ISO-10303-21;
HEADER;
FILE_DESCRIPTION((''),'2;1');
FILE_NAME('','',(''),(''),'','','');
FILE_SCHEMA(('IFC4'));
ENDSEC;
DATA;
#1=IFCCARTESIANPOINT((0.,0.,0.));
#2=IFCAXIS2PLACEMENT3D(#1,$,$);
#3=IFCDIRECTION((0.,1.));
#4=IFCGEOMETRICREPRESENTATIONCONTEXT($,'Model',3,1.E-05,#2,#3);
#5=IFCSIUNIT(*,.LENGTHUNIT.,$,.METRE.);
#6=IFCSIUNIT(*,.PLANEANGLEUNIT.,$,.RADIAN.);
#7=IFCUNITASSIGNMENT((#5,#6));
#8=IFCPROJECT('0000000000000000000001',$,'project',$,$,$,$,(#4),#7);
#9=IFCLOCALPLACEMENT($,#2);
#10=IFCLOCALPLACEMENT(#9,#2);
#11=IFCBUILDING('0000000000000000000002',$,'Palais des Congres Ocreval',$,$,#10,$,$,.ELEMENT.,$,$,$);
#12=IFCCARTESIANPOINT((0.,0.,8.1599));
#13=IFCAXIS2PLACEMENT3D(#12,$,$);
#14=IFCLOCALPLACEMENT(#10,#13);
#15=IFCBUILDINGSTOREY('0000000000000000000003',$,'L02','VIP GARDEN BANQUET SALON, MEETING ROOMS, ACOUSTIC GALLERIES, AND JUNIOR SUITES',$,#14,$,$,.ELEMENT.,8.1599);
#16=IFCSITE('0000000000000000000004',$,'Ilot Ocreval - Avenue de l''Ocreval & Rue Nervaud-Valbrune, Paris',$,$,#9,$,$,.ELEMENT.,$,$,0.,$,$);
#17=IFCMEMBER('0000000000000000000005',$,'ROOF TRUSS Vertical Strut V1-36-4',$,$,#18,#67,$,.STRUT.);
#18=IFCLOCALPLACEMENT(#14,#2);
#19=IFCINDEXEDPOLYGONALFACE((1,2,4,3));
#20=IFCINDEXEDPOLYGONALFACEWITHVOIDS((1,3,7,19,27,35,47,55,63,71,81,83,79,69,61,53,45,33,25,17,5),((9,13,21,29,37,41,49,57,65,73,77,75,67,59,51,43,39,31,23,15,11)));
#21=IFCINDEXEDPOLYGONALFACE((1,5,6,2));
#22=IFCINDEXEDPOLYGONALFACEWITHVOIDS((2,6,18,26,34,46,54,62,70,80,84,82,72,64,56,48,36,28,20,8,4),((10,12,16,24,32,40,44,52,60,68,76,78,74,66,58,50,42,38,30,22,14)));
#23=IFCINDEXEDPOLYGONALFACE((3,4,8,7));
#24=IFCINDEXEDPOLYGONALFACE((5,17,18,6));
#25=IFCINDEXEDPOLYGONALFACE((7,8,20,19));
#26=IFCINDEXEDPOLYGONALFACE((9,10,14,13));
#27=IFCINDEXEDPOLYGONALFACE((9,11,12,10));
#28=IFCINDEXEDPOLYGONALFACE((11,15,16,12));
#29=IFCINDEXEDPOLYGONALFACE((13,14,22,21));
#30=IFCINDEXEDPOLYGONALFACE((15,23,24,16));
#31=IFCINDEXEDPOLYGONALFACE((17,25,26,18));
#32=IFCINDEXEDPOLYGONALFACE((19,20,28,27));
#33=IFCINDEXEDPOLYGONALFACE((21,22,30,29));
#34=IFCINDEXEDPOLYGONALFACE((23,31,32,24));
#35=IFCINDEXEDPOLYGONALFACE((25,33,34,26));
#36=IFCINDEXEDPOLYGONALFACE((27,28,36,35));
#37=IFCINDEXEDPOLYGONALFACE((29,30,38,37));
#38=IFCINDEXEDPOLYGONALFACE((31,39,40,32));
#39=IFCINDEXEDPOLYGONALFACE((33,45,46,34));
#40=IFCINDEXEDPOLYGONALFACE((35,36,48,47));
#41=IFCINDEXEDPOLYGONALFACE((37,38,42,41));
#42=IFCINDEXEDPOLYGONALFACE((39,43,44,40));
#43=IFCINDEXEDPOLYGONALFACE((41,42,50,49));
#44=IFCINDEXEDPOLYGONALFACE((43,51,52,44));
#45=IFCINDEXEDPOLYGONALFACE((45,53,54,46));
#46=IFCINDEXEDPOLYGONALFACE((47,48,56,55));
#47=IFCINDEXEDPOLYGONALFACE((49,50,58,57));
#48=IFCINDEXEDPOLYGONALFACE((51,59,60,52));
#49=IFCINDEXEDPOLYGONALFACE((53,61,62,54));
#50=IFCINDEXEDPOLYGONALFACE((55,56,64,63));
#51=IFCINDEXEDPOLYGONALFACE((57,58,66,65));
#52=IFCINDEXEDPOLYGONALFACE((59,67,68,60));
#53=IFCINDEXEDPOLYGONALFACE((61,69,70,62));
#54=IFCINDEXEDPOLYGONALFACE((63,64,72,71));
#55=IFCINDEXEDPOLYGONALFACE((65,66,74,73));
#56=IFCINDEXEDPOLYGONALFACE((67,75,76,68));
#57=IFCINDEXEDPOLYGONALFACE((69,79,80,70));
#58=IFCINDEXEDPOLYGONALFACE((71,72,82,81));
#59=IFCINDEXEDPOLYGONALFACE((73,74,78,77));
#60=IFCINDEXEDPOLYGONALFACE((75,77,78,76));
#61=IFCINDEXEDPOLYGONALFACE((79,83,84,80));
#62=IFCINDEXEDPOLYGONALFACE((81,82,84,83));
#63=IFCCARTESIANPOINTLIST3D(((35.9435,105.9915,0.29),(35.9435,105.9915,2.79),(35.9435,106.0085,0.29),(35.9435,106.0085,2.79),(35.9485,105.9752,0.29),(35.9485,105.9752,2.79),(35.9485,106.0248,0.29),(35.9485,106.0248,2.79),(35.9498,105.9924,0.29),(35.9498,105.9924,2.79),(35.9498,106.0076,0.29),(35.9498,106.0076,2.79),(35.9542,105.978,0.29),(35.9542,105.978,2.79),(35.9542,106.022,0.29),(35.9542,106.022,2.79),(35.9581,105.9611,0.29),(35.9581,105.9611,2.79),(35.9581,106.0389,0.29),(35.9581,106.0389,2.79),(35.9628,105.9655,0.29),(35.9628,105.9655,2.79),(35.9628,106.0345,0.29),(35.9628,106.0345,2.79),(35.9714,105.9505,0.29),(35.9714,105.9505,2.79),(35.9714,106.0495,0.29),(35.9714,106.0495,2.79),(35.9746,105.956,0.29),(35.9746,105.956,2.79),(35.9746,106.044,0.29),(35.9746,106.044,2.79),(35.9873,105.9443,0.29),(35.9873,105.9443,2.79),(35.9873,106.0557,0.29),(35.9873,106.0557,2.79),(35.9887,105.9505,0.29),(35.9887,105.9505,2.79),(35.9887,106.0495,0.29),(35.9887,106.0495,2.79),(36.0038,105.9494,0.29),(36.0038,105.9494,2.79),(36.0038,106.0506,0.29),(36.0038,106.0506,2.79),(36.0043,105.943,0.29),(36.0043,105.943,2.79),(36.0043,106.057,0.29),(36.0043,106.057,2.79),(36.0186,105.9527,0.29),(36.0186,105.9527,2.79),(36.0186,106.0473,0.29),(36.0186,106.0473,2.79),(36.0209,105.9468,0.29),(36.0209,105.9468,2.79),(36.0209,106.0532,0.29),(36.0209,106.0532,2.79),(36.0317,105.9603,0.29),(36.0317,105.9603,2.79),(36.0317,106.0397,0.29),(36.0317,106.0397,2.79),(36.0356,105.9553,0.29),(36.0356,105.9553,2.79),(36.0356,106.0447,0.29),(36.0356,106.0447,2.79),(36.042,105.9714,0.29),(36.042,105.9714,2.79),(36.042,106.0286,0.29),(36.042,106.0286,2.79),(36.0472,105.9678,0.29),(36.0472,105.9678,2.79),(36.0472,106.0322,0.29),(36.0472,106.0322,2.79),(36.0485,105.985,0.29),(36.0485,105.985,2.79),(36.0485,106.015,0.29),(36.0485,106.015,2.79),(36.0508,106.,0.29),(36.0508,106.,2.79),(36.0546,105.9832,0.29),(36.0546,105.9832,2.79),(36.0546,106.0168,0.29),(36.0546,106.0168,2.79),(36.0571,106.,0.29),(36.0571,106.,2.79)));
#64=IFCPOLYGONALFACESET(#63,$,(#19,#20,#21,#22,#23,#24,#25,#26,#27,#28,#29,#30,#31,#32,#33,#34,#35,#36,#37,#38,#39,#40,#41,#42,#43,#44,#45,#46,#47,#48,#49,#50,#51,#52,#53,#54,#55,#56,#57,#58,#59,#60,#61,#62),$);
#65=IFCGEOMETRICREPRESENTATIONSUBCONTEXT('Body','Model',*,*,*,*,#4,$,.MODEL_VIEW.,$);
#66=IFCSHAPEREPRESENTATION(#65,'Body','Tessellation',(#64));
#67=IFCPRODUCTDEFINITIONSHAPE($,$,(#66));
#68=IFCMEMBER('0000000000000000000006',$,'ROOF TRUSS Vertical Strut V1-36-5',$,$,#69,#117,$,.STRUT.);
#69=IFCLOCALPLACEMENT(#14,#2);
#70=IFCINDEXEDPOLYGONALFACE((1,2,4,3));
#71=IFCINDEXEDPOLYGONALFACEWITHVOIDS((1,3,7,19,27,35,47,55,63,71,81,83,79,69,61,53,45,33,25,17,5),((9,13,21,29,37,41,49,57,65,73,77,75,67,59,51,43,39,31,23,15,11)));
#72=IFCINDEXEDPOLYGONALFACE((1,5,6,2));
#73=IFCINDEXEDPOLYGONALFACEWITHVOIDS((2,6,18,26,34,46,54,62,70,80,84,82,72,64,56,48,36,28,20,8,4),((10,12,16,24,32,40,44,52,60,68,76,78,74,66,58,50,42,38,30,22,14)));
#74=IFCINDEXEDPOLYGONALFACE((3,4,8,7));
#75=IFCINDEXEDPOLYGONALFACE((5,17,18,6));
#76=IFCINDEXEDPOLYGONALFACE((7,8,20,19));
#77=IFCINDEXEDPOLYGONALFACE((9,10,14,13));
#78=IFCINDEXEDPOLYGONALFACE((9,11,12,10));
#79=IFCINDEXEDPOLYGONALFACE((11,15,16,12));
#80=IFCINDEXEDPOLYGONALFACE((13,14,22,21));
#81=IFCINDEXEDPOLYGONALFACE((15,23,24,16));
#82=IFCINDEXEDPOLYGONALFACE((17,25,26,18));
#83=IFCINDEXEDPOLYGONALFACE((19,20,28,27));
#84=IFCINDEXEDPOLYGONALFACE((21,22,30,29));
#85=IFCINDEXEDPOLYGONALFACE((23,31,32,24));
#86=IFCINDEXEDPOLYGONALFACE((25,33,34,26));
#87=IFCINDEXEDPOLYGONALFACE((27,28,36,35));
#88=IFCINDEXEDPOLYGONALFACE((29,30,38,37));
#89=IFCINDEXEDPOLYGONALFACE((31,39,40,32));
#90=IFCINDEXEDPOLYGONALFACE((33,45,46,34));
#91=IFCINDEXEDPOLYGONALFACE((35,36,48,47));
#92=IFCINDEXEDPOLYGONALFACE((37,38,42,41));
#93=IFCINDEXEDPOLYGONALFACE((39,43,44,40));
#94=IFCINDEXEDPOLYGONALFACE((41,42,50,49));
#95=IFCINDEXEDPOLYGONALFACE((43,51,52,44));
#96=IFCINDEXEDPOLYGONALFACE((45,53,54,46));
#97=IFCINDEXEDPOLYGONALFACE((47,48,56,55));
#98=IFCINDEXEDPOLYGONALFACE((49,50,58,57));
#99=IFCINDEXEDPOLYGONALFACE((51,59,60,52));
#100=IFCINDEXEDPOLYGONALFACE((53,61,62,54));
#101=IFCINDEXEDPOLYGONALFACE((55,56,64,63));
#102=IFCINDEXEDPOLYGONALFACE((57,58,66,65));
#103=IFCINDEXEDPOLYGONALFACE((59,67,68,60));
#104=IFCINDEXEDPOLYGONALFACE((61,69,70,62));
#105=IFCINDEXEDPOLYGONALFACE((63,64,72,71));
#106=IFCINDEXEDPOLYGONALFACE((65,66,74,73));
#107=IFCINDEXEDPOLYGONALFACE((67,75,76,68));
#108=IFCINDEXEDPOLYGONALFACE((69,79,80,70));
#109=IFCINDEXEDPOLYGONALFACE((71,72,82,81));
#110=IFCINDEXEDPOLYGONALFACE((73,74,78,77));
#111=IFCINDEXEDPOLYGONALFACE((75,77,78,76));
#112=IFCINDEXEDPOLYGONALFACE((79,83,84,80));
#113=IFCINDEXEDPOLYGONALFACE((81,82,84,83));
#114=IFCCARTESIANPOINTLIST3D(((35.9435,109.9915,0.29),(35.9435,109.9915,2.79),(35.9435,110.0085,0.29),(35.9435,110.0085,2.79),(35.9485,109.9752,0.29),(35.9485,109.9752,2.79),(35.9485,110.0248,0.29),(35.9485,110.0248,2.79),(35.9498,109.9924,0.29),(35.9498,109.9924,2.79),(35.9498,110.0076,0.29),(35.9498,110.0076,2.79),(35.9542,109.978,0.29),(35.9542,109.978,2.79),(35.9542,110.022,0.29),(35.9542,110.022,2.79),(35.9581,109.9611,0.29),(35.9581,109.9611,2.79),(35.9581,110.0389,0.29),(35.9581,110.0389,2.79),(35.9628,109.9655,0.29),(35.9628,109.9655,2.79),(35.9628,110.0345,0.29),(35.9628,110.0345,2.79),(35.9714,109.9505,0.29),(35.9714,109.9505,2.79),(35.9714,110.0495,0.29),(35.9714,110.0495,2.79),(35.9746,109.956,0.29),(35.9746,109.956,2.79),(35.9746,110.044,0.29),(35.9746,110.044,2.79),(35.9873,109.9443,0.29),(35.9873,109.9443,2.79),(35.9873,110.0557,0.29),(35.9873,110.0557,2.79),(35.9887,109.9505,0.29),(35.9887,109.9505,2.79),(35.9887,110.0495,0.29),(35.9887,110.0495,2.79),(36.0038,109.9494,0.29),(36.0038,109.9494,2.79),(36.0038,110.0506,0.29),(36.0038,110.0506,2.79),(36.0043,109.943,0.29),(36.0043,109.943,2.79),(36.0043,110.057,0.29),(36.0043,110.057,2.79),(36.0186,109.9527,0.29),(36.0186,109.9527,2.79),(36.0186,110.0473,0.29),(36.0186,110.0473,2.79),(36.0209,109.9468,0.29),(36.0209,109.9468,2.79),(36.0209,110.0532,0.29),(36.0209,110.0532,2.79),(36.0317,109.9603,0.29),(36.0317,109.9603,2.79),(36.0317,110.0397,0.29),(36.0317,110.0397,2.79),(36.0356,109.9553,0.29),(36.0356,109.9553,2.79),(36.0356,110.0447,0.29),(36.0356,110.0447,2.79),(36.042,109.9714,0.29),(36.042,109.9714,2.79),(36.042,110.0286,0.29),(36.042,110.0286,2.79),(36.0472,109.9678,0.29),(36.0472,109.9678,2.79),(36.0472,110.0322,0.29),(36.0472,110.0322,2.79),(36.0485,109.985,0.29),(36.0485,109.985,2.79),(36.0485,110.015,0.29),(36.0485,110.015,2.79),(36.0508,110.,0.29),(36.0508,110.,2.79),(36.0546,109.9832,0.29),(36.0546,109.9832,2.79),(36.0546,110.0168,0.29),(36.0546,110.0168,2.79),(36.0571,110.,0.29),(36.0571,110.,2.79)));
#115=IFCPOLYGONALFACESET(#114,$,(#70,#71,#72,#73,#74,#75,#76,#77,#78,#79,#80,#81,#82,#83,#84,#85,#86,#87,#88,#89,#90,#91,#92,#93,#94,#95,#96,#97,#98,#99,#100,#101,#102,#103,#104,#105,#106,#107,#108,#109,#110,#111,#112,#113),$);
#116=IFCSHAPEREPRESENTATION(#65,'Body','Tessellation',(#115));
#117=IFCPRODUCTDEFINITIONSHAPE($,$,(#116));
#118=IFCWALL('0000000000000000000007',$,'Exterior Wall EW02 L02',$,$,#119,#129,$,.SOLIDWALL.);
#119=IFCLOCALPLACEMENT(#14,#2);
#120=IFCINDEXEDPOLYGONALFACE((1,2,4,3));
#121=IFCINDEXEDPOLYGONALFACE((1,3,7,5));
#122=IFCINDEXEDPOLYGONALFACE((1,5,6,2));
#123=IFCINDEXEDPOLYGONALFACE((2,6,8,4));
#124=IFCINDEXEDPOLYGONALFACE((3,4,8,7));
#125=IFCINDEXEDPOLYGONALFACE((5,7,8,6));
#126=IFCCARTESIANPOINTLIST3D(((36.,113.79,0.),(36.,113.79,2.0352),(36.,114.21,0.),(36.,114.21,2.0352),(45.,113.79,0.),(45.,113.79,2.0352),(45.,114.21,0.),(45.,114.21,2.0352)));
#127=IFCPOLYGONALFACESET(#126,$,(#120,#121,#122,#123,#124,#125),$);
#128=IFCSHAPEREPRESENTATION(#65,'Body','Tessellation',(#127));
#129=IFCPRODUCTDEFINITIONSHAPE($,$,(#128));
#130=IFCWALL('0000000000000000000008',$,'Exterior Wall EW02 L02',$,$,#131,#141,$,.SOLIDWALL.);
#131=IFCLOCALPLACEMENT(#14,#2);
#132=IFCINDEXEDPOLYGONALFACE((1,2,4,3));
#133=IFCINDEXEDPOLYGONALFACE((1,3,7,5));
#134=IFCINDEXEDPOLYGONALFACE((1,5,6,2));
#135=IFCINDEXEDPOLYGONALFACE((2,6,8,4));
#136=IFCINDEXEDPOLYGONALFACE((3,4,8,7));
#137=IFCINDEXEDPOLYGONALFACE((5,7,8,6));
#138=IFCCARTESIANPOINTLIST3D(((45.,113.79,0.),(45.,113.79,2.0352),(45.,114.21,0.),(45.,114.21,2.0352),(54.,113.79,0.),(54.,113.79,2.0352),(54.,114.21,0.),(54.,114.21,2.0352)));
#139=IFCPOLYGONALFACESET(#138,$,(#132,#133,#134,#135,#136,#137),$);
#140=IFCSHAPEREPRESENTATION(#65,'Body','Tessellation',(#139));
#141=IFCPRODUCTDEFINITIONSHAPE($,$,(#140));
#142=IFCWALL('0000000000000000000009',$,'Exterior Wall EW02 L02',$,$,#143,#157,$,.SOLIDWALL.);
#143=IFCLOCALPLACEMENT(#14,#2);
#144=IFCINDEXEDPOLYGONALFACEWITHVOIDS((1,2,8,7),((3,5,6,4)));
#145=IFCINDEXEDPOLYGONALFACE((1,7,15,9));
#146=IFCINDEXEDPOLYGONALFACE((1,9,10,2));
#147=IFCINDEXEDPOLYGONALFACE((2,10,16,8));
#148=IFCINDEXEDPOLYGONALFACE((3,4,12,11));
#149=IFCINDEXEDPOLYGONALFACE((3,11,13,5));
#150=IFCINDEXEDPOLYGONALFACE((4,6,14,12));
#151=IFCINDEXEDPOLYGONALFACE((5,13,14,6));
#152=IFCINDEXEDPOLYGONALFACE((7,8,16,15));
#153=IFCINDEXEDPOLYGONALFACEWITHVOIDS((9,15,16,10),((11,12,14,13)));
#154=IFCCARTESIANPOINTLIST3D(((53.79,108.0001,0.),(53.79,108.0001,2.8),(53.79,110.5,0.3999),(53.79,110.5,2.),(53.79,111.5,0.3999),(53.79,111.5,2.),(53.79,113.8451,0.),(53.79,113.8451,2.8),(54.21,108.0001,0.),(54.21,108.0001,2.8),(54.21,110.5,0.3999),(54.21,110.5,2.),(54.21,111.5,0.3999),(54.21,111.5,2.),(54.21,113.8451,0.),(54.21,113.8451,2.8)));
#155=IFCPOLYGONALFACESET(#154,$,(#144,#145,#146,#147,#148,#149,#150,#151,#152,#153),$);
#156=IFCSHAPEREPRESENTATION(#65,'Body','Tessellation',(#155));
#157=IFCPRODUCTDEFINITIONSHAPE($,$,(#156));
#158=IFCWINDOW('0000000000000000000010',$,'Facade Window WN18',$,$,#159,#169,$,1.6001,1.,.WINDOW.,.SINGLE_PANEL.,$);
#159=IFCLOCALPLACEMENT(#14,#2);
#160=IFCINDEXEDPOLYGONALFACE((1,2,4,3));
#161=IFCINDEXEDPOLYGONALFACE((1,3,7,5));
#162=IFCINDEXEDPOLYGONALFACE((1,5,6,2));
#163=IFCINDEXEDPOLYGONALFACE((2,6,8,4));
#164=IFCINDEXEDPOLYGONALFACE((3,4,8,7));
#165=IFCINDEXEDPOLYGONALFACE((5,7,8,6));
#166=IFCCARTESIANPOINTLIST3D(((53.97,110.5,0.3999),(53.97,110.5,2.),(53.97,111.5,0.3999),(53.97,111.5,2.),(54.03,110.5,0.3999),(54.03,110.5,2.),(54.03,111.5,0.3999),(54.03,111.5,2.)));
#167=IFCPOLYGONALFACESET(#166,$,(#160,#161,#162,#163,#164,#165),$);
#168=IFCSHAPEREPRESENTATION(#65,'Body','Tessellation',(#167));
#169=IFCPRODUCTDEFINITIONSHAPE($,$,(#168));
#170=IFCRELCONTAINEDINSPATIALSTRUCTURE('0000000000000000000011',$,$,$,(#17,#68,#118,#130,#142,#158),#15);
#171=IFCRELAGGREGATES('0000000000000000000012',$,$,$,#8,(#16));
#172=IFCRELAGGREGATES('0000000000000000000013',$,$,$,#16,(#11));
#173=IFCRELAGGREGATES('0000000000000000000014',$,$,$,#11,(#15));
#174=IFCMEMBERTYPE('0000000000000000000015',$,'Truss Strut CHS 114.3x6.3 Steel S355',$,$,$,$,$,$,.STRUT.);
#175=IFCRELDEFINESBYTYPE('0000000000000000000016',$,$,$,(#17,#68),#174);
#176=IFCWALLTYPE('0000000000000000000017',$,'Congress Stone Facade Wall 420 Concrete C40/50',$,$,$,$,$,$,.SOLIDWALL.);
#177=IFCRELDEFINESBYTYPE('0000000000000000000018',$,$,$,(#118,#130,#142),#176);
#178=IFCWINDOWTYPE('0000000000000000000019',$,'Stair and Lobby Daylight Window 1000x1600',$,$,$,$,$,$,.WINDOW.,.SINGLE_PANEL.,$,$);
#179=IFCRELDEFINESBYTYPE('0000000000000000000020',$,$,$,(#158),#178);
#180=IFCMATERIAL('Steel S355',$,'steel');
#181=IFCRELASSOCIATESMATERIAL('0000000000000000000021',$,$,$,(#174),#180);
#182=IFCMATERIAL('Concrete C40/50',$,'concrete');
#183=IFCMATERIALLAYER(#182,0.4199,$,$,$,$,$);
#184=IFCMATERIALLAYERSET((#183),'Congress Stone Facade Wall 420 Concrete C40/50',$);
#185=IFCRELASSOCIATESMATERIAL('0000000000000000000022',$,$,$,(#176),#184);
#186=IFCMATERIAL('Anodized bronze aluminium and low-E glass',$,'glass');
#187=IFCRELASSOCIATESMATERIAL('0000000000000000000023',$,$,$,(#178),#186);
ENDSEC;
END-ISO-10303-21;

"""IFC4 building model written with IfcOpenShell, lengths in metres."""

from ifc_helpers import new_model, si_unit, direction, frame, frame_2d, origin, origin_2d, place, context, subcontext, project, spatial, rectangle, hollow_circle, extrude, material, layer, layer_set, material_profile, profile_set, type_object, element, fill, save


model = new_model("IFC4")

# Units and contexts
model_context = context("Model", 3, precision=1e-05, world=origin(), true_north=direction((0.0, 1.0)))
body_context = subcontext(model_context, "Body", "Model", "MODEL_VIEW")
ifc_project = project(units=[si_unit("LENGTHUNIT", "METRE"), si_unit("PLANEANGLEUNIT", "RADIAN")], contexts=[model_context])

# Site, building, storey
site_placement = place(None, origin())
site = spatial("IfcSite", under=ifc_project, at=site_placement, Name="Ilot Ocreval - Avenue de l'Ocreval & Rue Nervaud-Valbrune, Paris", CompositionType="ELEMENT", RefElevation=0.0)
building_placement = place(site_placement, origin())
building = spatial("IfcBuilding", under=site, at=building_placement, Name="Palais des Congres Ocreval", CompositionType="ELEMENT")
storey_placement = place(building_placement, frame((0.0, 0.0, 8.1599)))
storey = spatial("IfcBuildingStorey", under=building, at=storey_placement, Name="L02", Description="VIP GARDEN BANQUET SALON, MEETING ROOMS, ACOUSTIC GALLERIES, AND JUNIOR SUITES", CompositionType="ELEMENT", Elevation=8.1599)

# Shared definitions
ifc_material_1 = material(Name="Steel S355", Category="steel")

# Members
ifc_material_profile_1 = material_profile(ifc_material_1, hollow_circle(Radius=0.0571, WallThickness=0.0063, at=origin_2d()), Name="CHS 114.3x6.3")
ifc_profile_set_1 = profile_set([ifc_material_profile_1], Name="Steel S355")
member_type_1 = type_object("IfcMemberType", Name="Truss Strut CHS 114.3x6.3 Steel S355", PredefinedType="STRUT", material=ifc_profile_set_1)
for number, where, z_axis, x_axis, name in (
    (1, (36.0, 106.0, 0.29), (0.0, 0.0, 1.0), (1.0, 0.0, 0.0), "ROOF TRUSS Vertical Strut V1-36-4"),
    (2, (36.0, 110.0, 0.29), (0.0, 0.0, 1.0), (1.0, 0.0, 0.0), "ROOF TRUSS Vertical Strut V1-36-5"),
):
    element("IfcMember", number, at=place(storey_placement, frame(where, z_axis=z_axis, x_axis=x_axis)), inside=storey, type_object=member_type_1, Name=name, PredefinedType="STRUT", context=body_context, shape_type="SweptSolid", body=[
        extrude(hollow_circle(Radius=0.0571, WallThickness=0.0063, at=origin_2d()), origin(), (0.0, 0.0, 1.0), 2.5),
    ])

# Walls
ifc_material_2 = material(Name="Concrete C40/50", Category="concrete")
ifc_layer = layer(ifc_material_2, 0.4199)
ifc_layer_set = layer_set([ifc_layer], Name="Congress Stone Facade Wall 420 Concrete C40/50")
wall_type = type_object("IfcWallType", Name="Congress Stone Facade Wall 420 Concrete C40/50", PredefinedType="SOLIDWALL", material=ifc_layer_set)
for number, where, z_axis, x_axis, name in (
    (3, (36.0, 114.0, 0.0), (0.0, 0.0, 1.0), (1.0, 0.0, 0.0), "Exterior Wall EW02 L02"),
    (4, (45.0, 114.0, 0.0), (0.0, 0.0, 1.0), (1.0, 0.0, 0.0), "Exterior Wall EW02 L02"),
):
    element("IfcWall", number, at=place(storey_placement, frame(where, z_axis=z_axis, x_axis=x_axis)), inside=storey, type_object=wall_type, Name=name, PredefinedType="SOLIDWALL", context=body_context, shape_type="SweptSolid", body=[
        extrude(rectangle(XDim=9.0, YDim=0.4199, at=frame_2d((4.5, 0.0))), origin(), (0.0, 0.0, 1.0), 2.0352),
    ])

# Wall, opening, window
wall_1_placement = place(storey_placement, frame((54.0, 113.845, 0.0), z_axis=(0.0, 0.0, 1.0), x_axis=(0.0, -1.0, 0.0)))
wall_1 = element("IfcWall", 5, at=wall_1_placement, inside=storey, type_object=wall_type, Name="Exterior Wall EW02 L02", PredefinedType="SOLIDWALL", context=body_context, shape_type="SweptSolid", body=[
    extrude(rectangle(XDim=5.845, YDim=0.4199, at=frame_2d((2.9224, 0.0))), origin(), (0.0, 0.0, 1.0), 2.8),
])
opening_1_placement = place(wall_1_placement, frame((2.345, 0.0, 0.3999)))
opening_1 = element("IfcOpeningElement", 6, at=opening_1_placement, cuts=wall_1, PredefinedType="OPENING", context=body_context, shape_type="SweptSolid", body=[
    extrude(rectangle(XDim=1.0, YDim=1.6001, at=frame_2d((0.5, 0.8))), frame((0.0, 0.22, 0.0), z_axis=(0.0, -1.0, 0.0), x_axis=(1.0, 0.0, 0.0)), (0.0, 0.0, 1.0), 0.4399),
])
ifc_material_3 = material(Name="Anodized bronze aluminium and low-E glass", Category="glass")
window_type = type_object("IfcWindowType", Name="Stair and Lobby Daylight Window 1000x1600", PartitioningType="SINGLE_PANEL", PredefinedType="WINDOW", material=ifc_material_3)
window_1_placement = place(opening_1_placement, origin())
window_1 = element("IfcWindow", 7, at=window_1_placement, inside=storey, type_object=window_type, Name="Facade Window WN18", OverallHeight=1.6001, OverallWidth=1.0, PartitioningType="SINGLE_PANEL", PredefinedType="WINDOW", context=body_context, shape_type="SweptSolid", body=[
    extrude(rectangle(XDim=1.0, YDim=1.6001, at=frame_2d((0.5, 0.8))), frame((0.0, 0.03, 0.0), z_axis=(0.0, -1.0, 0.0), x_axis=(1.0, 0.0, 0.0)), (0.0, 0.0, 1.0), 0.0601),
])
fill(opening_1, window_1)

save(model, "model.ifc")
